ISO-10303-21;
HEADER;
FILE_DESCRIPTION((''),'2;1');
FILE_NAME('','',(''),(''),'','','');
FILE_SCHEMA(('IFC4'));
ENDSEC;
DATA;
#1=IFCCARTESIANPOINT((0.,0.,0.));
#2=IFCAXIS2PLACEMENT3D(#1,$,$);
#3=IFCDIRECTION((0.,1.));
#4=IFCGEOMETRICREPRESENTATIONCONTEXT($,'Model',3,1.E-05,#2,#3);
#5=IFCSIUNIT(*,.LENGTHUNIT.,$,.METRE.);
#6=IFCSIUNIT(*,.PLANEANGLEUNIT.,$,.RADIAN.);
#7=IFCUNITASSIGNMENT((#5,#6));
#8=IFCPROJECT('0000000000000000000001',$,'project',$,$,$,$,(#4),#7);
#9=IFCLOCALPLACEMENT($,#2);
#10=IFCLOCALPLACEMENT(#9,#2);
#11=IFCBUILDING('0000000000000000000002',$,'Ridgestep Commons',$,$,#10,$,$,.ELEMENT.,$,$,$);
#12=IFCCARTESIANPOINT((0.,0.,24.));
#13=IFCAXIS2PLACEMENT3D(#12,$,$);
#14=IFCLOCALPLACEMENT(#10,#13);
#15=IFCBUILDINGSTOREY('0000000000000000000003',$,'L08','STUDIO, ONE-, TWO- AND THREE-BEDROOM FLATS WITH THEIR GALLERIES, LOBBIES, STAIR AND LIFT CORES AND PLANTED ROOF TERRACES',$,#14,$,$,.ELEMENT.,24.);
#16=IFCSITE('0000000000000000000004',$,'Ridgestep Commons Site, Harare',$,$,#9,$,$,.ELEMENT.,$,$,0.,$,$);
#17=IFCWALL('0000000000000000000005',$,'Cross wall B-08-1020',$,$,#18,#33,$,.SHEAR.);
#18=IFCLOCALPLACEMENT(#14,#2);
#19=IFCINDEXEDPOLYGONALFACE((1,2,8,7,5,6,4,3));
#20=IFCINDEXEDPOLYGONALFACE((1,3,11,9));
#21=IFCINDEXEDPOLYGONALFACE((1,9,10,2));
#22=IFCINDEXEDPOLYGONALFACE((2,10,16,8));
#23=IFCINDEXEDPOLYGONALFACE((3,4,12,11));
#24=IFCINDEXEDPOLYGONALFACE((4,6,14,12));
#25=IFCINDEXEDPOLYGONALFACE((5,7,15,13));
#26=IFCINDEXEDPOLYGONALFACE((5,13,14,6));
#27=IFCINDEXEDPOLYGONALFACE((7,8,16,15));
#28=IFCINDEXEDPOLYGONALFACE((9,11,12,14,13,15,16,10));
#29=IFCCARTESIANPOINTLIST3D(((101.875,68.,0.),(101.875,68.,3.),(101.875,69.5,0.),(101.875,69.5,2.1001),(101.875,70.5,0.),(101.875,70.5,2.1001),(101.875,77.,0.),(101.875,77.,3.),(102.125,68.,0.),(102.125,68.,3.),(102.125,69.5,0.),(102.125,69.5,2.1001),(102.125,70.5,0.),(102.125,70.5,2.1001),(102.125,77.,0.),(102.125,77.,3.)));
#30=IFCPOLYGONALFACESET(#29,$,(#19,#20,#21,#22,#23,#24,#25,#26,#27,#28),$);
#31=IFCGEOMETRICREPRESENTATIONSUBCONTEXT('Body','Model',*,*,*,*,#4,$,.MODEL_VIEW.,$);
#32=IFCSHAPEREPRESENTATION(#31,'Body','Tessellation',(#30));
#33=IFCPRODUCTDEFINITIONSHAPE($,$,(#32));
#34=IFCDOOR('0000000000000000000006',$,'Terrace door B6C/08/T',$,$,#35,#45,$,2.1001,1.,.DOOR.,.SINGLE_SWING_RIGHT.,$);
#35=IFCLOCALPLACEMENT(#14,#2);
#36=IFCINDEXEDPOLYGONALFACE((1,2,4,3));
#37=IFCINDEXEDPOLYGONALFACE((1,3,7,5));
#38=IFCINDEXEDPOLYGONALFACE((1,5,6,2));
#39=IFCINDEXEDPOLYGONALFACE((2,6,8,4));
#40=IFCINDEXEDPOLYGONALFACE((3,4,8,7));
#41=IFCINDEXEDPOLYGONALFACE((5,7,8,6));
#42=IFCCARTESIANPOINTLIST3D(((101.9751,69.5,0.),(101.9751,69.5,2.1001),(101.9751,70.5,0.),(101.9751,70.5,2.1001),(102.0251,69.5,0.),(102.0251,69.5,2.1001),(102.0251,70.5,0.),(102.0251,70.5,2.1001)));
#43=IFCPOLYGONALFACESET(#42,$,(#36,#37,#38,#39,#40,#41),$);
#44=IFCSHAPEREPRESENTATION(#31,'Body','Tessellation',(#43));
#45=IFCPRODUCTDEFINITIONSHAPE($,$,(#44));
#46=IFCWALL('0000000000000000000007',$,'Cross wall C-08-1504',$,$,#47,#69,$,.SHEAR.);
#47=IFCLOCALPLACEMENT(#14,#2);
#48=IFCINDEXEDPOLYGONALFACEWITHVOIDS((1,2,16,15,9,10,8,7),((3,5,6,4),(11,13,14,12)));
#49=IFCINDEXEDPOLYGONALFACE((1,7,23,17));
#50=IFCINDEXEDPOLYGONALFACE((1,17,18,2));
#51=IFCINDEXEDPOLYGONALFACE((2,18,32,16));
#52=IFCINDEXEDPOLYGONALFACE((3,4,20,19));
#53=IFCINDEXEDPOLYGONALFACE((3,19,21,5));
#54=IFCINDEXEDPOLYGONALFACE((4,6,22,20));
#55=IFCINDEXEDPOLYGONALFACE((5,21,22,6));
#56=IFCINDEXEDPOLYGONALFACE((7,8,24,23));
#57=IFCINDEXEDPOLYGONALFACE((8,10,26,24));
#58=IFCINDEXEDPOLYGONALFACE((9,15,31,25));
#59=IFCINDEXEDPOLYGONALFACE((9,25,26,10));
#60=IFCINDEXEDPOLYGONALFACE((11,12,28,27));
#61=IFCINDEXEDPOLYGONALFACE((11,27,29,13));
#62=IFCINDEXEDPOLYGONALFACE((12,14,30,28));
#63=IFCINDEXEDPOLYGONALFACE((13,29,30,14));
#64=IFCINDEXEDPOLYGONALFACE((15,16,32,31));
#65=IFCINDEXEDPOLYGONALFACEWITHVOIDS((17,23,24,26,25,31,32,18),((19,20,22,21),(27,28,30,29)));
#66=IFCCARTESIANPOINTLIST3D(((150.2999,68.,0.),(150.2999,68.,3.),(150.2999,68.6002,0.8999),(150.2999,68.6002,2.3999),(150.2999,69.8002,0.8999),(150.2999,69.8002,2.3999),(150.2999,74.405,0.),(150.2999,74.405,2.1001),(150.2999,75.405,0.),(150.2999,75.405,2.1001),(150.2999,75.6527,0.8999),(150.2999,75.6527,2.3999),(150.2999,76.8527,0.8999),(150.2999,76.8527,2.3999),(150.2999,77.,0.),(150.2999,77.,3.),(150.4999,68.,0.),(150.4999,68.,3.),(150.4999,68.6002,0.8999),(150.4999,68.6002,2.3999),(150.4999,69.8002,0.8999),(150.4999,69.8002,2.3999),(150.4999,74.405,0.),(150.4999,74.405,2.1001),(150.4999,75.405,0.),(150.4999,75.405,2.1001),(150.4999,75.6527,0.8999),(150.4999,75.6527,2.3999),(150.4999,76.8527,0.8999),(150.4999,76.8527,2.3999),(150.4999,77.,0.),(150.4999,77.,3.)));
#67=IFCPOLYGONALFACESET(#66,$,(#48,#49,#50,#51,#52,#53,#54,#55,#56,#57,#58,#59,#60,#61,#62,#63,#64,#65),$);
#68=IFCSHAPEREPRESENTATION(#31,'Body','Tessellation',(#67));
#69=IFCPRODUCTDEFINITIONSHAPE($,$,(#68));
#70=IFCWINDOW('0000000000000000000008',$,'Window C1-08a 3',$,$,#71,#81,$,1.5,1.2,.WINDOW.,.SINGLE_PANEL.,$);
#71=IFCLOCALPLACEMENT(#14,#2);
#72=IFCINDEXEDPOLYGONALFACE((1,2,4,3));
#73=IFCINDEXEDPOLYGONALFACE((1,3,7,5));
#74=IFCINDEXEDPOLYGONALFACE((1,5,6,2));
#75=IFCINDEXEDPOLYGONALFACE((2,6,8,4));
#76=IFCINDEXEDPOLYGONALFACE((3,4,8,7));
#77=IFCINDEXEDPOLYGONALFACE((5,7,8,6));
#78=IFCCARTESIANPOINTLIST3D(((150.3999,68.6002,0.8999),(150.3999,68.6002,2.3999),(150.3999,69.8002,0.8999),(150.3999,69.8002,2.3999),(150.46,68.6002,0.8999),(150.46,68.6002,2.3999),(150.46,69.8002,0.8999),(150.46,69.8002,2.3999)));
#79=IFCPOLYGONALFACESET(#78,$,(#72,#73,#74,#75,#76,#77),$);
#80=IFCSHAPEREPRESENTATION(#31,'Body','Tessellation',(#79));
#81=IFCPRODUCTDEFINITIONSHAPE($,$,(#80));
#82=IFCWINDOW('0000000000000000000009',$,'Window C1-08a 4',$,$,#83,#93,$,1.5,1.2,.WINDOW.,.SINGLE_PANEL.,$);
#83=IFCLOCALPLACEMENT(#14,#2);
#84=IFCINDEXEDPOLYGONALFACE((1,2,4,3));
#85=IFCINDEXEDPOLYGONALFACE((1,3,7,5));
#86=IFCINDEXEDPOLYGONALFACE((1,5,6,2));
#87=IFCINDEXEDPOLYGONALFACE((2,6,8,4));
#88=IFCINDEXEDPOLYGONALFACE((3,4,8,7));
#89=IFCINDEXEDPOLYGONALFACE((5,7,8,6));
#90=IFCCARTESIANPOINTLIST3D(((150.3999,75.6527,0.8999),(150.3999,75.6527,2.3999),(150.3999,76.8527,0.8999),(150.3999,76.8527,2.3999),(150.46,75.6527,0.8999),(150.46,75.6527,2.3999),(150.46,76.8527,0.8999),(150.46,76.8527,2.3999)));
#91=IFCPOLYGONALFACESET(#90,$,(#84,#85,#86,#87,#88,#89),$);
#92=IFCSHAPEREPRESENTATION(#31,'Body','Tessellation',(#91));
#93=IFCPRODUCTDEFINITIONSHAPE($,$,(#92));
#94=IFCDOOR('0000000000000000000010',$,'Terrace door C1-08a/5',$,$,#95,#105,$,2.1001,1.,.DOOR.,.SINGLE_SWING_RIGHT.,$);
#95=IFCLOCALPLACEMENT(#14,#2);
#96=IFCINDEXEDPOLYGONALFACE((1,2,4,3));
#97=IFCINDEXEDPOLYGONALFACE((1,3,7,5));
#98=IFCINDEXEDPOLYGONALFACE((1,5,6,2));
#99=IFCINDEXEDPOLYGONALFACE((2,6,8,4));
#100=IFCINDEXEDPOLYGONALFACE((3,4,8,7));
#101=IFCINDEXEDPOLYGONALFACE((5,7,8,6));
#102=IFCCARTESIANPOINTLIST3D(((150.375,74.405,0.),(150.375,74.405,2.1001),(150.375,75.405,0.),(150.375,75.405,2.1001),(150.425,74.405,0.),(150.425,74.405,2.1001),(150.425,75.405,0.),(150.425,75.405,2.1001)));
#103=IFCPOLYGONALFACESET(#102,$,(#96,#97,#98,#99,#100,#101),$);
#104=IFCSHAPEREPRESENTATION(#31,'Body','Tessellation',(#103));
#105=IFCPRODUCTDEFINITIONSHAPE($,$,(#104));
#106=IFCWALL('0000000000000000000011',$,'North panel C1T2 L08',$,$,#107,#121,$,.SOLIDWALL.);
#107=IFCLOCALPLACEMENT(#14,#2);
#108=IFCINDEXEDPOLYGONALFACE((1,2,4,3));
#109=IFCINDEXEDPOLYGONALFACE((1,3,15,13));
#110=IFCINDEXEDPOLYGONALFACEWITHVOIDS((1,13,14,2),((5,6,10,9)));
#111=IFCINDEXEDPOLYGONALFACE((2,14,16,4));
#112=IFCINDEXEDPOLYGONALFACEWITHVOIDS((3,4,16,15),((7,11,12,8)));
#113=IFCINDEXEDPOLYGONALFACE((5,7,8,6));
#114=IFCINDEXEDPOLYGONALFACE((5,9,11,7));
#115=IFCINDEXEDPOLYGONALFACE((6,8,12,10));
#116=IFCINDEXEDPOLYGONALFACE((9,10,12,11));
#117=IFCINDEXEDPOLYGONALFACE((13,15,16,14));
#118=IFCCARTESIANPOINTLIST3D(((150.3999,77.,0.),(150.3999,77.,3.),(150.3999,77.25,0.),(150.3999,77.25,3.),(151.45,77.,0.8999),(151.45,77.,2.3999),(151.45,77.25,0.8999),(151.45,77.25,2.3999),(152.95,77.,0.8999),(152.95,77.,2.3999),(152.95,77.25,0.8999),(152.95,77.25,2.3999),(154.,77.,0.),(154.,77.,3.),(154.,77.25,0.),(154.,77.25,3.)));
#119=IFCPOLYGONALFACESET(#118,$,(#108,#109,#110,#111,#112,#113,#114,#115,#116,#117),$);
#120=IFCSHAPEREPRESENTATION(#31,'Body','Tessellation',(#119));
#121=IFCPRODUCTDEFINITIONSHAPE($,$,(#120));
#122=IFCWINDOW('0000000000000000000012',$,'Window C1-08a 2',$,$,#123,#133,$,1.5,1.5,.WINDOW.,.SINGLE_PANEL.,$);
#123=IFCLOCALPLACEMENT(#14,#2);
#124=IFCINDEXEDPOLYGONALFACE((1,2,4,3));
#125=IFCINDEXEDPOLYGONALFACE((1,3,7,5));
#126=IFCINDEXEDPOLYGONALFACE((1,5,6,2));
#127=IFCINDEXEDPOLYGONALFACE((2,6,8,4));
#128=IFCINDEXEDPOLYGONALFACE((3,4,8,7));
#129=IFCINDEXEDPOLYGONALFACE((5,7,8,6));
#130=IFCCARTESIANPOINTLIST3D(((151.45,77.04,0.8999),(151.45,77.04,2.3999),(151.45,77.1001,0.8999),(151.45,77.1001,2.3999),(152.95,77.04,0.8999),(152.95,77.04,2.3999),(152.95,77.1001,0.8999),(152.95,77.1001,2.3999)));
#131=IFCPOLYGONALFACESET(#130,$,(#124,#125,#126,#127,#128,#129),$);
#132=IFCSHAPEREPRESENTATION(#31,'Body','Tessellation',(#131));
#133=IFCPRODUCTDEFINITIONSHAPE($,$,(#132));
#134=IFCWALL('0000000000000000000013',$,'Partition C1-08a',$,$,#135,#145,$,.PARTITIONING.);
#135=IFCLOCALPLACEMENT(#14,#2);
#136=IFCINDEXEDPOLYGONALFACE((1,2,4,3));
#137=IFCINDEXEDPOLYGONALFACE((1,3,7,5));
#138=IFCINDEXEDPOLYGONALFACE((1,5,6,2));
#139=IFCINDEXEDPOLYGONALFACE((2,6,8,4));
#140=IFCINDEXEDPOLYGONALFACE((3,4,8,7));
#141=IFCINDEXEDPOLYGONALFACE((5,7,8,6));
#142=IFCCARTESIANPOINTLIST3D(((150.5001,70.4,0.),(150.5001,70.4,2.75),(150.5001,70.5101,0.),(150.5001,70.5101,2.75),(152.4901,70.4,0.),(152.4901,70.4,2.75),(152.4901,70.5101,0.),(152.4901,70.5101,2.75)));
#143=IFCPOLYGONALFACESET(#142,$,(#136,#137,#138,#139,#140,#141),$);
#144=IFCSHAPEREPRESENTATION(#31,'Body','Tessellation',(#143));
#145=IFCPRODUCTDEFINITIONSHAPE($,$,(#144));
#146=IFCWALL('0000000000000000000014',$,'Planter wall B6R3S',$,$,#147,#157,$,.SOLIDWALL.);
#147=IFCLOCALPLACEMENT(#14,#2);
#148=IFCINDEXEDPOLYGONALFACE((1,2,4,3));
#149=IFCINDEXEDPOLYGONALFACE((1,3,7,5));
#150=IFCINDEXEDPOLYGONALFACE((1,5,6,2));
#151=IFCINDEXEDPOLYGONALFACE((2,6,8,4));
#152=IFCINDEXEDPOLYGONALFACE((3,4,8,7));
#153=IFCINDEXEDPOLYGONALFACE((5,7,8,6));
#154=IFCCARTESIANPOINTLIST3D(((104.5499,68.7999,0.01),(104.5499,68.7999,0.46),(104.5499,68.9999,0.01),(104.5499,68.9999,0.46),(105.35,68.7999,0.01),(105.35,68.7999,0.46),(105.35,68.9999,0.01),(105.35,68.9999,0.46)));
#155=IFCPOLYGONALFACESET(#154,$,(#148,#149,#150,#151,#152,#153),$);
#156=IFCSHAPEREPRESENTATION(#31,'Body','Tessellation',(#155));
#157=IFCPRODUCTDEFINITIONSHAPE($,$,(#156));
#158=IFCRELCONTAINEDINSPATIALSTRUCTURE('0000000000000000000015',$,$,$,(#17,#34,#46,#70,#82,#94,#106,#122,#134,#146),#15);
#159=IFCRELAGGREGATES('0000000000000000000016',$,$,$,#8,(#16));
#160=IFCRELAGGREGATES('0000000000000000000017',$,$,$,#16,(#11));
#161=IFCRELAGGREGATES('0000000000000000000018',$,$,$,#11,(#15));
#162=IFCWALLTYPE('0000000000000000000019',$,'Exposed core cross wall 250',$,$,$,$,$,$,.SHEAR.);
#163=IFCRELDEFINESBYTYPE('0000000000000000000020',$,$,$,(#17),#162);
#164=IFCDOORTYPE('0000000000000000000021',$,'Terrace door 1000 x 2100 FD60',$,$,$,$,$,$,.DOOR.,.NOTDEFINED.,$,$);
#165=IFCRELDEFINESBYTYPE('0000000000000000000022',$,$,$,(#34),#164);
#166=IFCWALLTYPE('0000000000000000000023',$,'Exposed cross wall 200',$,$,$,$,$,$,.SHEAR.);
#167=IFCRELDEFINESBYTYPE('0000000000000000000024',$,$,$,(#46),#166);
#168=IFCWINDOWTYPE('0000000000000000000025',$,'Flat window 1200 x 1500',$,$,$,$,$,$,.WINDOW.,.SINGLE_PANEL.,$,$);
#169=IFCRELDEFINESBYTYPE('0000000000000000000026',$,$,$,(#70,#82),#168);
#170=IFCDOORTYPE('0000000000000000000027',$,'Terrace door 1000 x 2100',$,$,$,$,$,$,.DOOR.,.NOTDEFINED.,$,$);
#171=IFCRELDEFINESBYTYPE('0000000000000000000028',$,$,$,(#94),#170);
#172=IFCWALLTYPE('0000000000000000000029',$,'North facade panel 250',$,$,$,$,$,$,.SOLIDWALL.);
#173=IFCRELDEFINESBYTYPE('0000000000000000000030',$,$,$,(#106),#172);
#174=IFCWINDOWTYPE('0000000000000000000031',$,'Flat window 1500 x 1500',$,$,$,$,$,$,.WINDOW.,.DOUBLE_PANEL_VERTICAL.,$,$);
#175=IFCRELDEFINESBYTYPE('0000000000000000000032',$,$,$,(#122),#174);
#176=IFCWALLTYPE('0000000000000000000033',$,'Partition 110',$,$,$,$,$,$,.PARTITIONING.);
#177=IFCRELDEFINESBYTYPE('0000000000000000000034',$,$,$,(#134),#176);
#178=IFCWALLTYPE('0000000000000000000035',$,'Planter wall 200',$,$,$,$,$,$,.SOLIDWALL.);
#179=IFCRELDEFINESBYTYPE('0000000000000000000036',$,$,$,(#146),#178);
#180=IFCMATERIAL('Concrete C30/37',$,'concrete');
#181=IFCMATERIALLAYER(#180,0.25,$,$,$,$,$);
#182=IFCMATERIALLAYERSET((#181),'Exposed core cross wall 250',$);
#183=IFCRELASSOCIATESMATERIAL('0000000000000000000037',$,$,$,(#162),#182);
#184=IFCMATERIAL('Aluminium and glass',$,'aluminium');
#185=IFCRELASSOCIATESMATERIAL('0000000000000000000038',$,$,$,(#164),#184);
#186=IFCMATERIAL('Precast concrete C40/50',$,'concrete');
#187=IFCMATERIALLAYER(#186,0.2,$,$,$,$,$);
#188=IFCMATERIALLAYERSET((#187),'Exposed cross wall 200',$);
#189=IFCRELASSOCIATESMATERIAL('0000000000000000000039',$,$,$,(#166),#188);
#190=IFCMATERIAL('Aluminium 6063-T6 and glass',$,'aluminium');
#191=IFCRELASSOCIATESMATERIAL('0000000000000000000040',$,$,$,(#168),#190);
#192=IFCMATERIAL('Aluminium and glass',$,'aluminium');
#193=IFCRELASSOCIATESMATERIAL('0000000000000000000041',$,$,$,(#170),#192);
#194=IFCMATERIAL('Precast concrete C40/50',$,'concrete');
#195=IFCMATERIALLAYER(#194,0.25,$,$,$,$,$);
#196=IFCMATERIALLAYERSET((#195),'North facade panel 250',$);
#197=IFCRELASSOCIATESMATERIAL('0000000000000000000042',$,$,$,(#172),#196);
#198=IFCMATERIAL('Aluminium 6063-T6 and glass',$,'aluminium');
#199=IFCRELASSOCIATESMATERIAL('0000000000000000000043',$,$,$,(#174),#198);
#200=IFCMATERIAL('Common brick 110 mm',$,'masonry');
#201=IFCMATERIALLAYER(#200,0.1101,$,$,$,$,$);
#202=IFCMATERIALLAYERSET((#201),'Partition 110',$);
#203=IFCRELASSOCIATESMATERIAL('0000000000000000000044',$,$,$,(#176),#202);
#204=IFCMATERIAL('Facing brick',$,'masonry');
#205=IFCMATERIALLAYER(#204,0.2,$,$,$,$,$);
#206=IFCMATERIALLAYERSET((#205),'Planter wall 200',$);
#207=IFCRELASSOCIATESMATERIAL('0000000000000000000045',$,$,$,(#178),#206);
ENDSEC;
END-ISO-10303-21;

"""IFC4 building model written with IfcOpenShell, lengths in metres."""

from ifc_helpers import new_model, si_unit, direction, frame, frame_2d, origin, place, context, subcontext, project, spatial, rectangle, extrude, material, layer, layer_set, type_object, element, fill, save


model = new_model("IFC4")

# Units and contexts
model_context = context("Model", 3, precision=1e-05, world=origin(), true_north=direction((0.0, 1.0)))
body_context = subcontext(model_context, "Body", "Model", "MODEL_VIEW")
ifc_project = project(units=[si_unit("LENGTHUNIT", "METRE"), si_unit("PLANEANGLEUNIT", "RADIAN")], contexts=[model_context])

# Site, building, storey
site_placement = place(None, origin())
site = spatial("IfcSite", under=ifc_project, at=site_placement, Name="Ridgestep Commons Site, Harare", CompositionType="ELEMENT", RefElevation=0.0)
building_placement = place(site_placement, origin())
building = spatial("IfcBuilding", under=site, at=building_placement, Name="Ridgestep Commons", CompositionType="ELEMENT")
storey_placement = place(building_placement, frame((0.0, 0.0, 24.0)))
storey = spatial("IfcBuildingStorey", under=building, at=storey_placement, Name="L08", Description="STUDIO, ONE-, TWO- AND THREE-BEDROOM FLATS WITH THEIR GALLERIES, LOBBIES, STAIR AND LIFT CORES AND PLANTED ROOF TERRACES", CompositionType="ELEMENT", Elevation=24.0)

# Wall, opening, door
ifc_material_1 = material(Name="Concrete C30/37", Category="concrete")
ifc_layer_1 = layer(ifc_material_1, 0.25)
ifc_layer_set_1 = layer_set([ifc_layer_1], Name="Exposed core cross wall 250")
wall_type_1 = type_object("IfcWallType", Name="Exposed core cross wall 250", PredefinedType="SHEAR", material=ifc_layer_set_1)
wall_1_placement = place(storey_placement, frame((102.0, 68.0, 0.0), z_axis=(0.0, 0.0, 1.0), x_axis=(0.0, 1.0, 0.0)))
wall_1 = element("IfcWall", 1, at=wall_1_placement, inside=storey, type_object=wall_type_1, Name="Cross wall B-08-1020", PredefinedType="SHEAR", context=body_context, shape_type="SweptSolid", body=[
    extrude(rectangle(XDim=9.0, YDim=0.25, at=frame_2d((4.5, 0.0))), origin(), (0.0, 0.0, 1.0), 3.0),
])
opening_1_placement = place(wall_1_placement, frame((1.5, 0.0, 0.0)))
opening_1 = element("IfcOpeningElement", 2, at=opening_1_placement, cuts=wall_1, PredefinedType="OPENING", context=body_context, shape_type="SweptSolid", body=[
    extrude(rectangle(XDim=1.0, YDim=2.1001, at=frame_2d((0.5, 1.05))), frame((0.0, 0.135, 0.0), z_axis=(0.0, -1.0, 0.0), x_axis=(1.0, 0.0, 0.0)), (0.0, 0.0, 1.0), 0.27),
])
ifc_material_2 = material(Name="Aluminium and glass", Category="aluminium")
door_type_1 = type_object("IfcDoorType", Name="Terrace door 1000 x 2100 FD60", OperationType="NOTDEFINED", PredefinedType="DOOR", material=ifc_material_2)
door_1_placement = place(opening_1_placement, origin())
door_1 = element("IfcDoor", 3, at=door_1_placement, inside=storey, type_object=door_type_1, Name="Terrace door B6C/08/T", OperationType="SINGLE_SWING_RIGHT", OverallHeight=2.1001, OverallWidth=1.0, PredefinedType="DOOR", context=body_context, shape_type="SweptSolid", body=[
    extrude(rectangle(XDim=1.0, YDim=2.1001, at=frame_2d((0.5, 1.05))), frame((0.0, 0.0249, 0.0), z_axis=(0.0, -1.0, 0.0), x_axis=(1.0, 0.0, 0.0)), (0.0, 0.0, 1.0), 0.05),
])
fill(opening_1, door_1)

# Wall, openings, windows, door
ifc_material_3 = material(Name="Precast concrete C40/50", Category="concrete")
ifc_layer_2 = layer(ifc_material_3, 0.2)
ifc_layer_set_2 = layer_set([ifc_layer_2], Name="Exposed cross wall 200")
wall_type_2 = type_object("IfcWallType", Name="Exposed cross wall 200", PredefinedType="SHEAR", material=ifc_layer_set_2)
wall_2_placement = place(storey_placement, frame((150.3999, 68.0, 0.0), z_axis=(0.0, 0.0, 1.0), x_axis=(0.0, 1.0, 0.0)))
wall_2 = element("IfcWall", 4, at=wall_2_placement, inside=storey, type_object=wall_type_2, Name="Cross wall C-08-1504", PredefinedType="SHEAR", context=body_context, shape_type="SweptSolid", body=[
    extrude(rectangle(XDim=9.0, YDim=0.2, at=frame_2d((4.5, 0.0))), origin(), (0.0, 0.0, 1.0), 3.0),
])
opening_2_placement = place(wall_2_placement, frame((0.6001, 0.0, 0.8999)))
opening_2 = element("IfcOpeningElement", 5, at=opening_2_placement, cuts=wall_2, PredefinedType="OPENING", context=body_context, shape_type="SweptSolid", body=[
    extrude(rectangle(XDim=1.2, YDim=1.5, at=frame_2d((0.6001, 0.75))), frame((0.0, 0.1099, 0.0), z_axis=(0.0, -1.0, 0.0), x_axis=(1.0, 0.0, 0.0)), (0.0, 0.0, 1.0), 0.22),
])
opening_3_placement = place(wall_2_placement, frame((7.6526, 0.0, 0.8999)))
opening_3 = element("IfcOpeningElement", 6, at=opening_3_placement, cuts=wall_2, PredefinedType="OPENING", context=body_context, shape_type="SweptSolid", body=[
    extrude(rectangle(XDim=1.2, YDim=1.5, at=frame_2d((0.6001, 0.75))), frame((0.0, 0.1099, 0.0), z_axis=(0.0, -1.0, 0.0), x_axis=(1.0, 0.0, 0.0)), (0.0, 0.0, 1.0), 0.22),
])
opening_4_placement = place(wall_2_placement, frame((6.405, 0.0, 0.0)))
opening_4 = element("IfcOpeningElement", 7, at=opening_4_placement, cuts=wall_2, PredefinedType="OPENING", context=body_context, shape_type="SweptSolid", body=[
    extrude(rectangle(XDim=1.0, YDim=2.1001, at=frame_2d((0.5, 1.05))), frame((0.0, 0.1099, 0.0), z_axis=(0.0, -1.0, 0.0), x_axis=(1.0, 0.0, 0.0)), (0.0, 0.0, 1.0), 0.22),
])
ifc_material_4 = material(Name="Aluminium 6063-T6 and glass", Category="aluminium")
window_type_1 = type_object("IfcWindowType", Name="Flat window 1200 x 1500", PartitioningType="SINGLE_PANEL", PredefinedType="WINDOW", material=ifc_material_4)
window_1_placement = place(opening_2_placement, origin())
window_1 = element("IfcWindow", 8, at=window_1_placement, inside=storey, type_object=window_type_1, Name="Window C1-08a 3", OverallHeight=1.5, OverallWidth=1.2, PartitioningType="SINGLE_PANEL", PredefinedType="WINDOW", context=body_context, shape_type="SweptSolid", body=[
    extrude(rectangle(XDim=1.2, YDim=1.5, at=frame_2d((0.6001, 0.75))), frame((0.0, 0.0, 0.0), z_axis=(0.0, -1.0, 0.0), x_axis=(1.0, 0.0, 0.0)), (0.0, 0.0, 1.0), 0.0601),
])
fill(opening_2, window_1)
window_2_placement = place(opening_3_placement, origin())
window_2 = element("IfcWindow", 9, at=window_2_placement, inside=storey, type_object=window_type_1, Name="Window C1-08a 4", OverallHeight=1.5, OverallWidth=1.2, PartitioningType="SINGLE_PANEL", PredefinedType="WINDOW", context=body_context, shape_type="SweptSolid", body=[
    extrude(rectangle(XDim=1.2, YDim=1.5, at=frame_2d((0.6001, 0.75))), frame((0.0, 0.0, 0.0), z_axis=(0.0, -1.0, 0.0), x_axis=(1.0, 0.0, 0.0)), (0.0, 0.0, 1.0), 0.0601),
])
fill(opening_3, window_2)
ifc_material_5 = material(Name="Aluminium and glass", Category="aluminium")
door_type_2 = type_object("IfcDoorType", Name="Terrace door 1000 x 2100", OperationType="NOTDEFINED", PredefinedType="DOOR", material=ifc_material_5)
door_2_placement = place(opening_4_placement, origin())
door_2 = element("IfcDoor", 10, at=door_2_placement, inside=storey, type_object=door_type_2, Name="Terrace door C1-08a/5", OperationType="SINGLE_SWING_RIGHT", OverallHeight=2.1001, OverallWidth=1.0, PredefinedType="DOOR", context=body_context, shape_type="SweptSolid", body=[
    extrude(rectangle(XDim=1.0, YDim=2.1001, at=frame_2d((0.5, 1.05))), frame((0.0, 0.0249, 0.0), z_axis=(0.0, -1.0, 0.0), x_axis=(1.0, 0.0, 0.0)), (0.0, 0.0, 1.0), 0.05),
])
fill(opening_4, door_2)

# Wall, opening, window
ifc_material_6 = material(Name="Precast concrete C40/50", Category="concrete")
ifc_layer_3 = layer(ifc_material_6, 0.25)
ifc_layer_set_3 = layer_set([ifc_layer_3], Name="North facade panel 250")
wall_type_3 = type_object("IfcWallType", Name="North facade panel 250", PredefinedType="SOLIDWALL", material=ifc_layer_set_3)
wall_3_placement = place(storey_placement, frame((150.3999, 77.125, 0.0), z_axis=(0.0, 0.0, 1.0), x_axis=(1.0, 0.0, 0.0)))
wall_3 = element("IfcWall", 11, at=wall_3_placement, inside=storey, type_object=wall_type_3, Name="North panel C1T2 L08", PredefinedType="SOLIDWALL", context=body_context, shape_type="SweptSolid", body=[
    extrude(rectangle(XDim=3.6001, YDim=0.25, at=frame_2d((1.8, 0.0))), origin(), (0.0, 0.0, 1.0), 3.0),
])
opening_5_placement = place(wall_3_placement, frame((1.05, 0.0, 0.8999)))
opening_5 = element("IfcOpeningElement", 12, at=opening_5_placement, cuts=wall_3, PredefinedType="OPENING", context=body_context, shape_type="SweptSolid", body=[
    extrude(rectangle(XDim=1.5, YDim=1.5, at=frame_2d((0.75, 0.75))), frame((0.0, 0.135, 0.0), z_axis=(0.0, -1.0, 0.0), x_axis=(1.0, 0.0, 0.0)), (0.0, 0.0, 1.0), 0.27),
])
ifc_material_7 = material(Name="Aluminium 6063-T6 and glass", Category="aluminium")
window_type_2 = type_object("IfcWindowType", Name="Flat window 1500 x 1500", PartitioningType="DOUBLE_PANEL_VERTICAL", PredefinedType="WINDOW", material=ifc_material_7)
window_3_placement = place(opening_5_placement, origin())
window_3 = element("IfcWindow", 13, at=window_3_placement, inside=storey, type_object=window_type_2, Name="Window C1-08a 2", OverallHeight=1.5, OverallWidth=1.5, PartitioningType="SINGLE_PANEL", PredefinedType="WINDOW", context=body_context, shape_type="SweptSolid", body=[
    extrude(rectangle(XDim=1.5, YDim=1.5, at=frame_2d((0.75, 0.75))), frame((0.0, -0.0249, 0.0), z_axis=(0.0, -1.0, 0.0), x_axis=(1.0, 0.0, 0.0)), (0.0, 0.0, 1.0), 0.0601),
])
fill(opening_5, window_3)

# Walls
ifc_material_8 = material(Name="Common brick 110 mm", Category="masonry")
ifc_layer_4 = layer(ifc_material_8, 0.1101)
ifc_layer_set_4 = layer_set([ifc_layer_4], Name="Partition 110")
wall_type_4 = type_object("IfcWallType", Name="Partition 110", PredefinedType="PARTITIONING", material=ifc_layer_set_4)
wall_4_placement = place(storey_placement, frame((150.5, 70.4551, 0.0), z_axis=(0.0, 0.0, 1.0), x_axis=(1.0, 0.0, 0.0)))
element("IfcWall", 14, at=wall_4_placement, inside=storey, type_object=wall_type_4, Name="Partition C1-08a", PredefinedType="PARTITIONING", context=body_context, shape_type="SweptSolid", body=[
    extrude(rectangle(XDim=1.99, YDim=0.1101, at=frame_2d((0.9951, 0.0))), origin(), (0.0, 0.0, 1.0), 2.75),
])
ifc_material_9 = material(Name="Facing brick", Category="masonry")
ifc_layer_5 = layer(ifc_material_9, 0.2)
ifc_layer_set_5 = layer_set([ifc_layer_5], Name="Planter wall 200")
wall_type_5 = type_object("IfcWallType", Name="Planter wall 200", PredefinedType="SOLIDWALL", material=ifc_layer_set_5)
for number, where, z_axis, x_axis, name in (
    (15, (104.55, 68.8999, 0.01), (0.0, 0.0, 1.0), (1.0, 0.0, 0.0), "Planter wall B6R3S"),
):
    element("IfcWall", number, at=place(storey_placement, frame(where, z_axis=z_axis, x_axis=x_axis)), inside=storey, type_object=wall_type_5, Name=name, PredefinedType="SOLIDWALL", context=body_context, shape_type="SweptSolid", body=[
        extrude(rectangle(XDim=0.8, YDim=0.2, at=frame_2d((0.3999, 0.0))), origin(), (0.0, 0.0, 1.0), 0.45),
    ])

save(model, "model.ifc")
